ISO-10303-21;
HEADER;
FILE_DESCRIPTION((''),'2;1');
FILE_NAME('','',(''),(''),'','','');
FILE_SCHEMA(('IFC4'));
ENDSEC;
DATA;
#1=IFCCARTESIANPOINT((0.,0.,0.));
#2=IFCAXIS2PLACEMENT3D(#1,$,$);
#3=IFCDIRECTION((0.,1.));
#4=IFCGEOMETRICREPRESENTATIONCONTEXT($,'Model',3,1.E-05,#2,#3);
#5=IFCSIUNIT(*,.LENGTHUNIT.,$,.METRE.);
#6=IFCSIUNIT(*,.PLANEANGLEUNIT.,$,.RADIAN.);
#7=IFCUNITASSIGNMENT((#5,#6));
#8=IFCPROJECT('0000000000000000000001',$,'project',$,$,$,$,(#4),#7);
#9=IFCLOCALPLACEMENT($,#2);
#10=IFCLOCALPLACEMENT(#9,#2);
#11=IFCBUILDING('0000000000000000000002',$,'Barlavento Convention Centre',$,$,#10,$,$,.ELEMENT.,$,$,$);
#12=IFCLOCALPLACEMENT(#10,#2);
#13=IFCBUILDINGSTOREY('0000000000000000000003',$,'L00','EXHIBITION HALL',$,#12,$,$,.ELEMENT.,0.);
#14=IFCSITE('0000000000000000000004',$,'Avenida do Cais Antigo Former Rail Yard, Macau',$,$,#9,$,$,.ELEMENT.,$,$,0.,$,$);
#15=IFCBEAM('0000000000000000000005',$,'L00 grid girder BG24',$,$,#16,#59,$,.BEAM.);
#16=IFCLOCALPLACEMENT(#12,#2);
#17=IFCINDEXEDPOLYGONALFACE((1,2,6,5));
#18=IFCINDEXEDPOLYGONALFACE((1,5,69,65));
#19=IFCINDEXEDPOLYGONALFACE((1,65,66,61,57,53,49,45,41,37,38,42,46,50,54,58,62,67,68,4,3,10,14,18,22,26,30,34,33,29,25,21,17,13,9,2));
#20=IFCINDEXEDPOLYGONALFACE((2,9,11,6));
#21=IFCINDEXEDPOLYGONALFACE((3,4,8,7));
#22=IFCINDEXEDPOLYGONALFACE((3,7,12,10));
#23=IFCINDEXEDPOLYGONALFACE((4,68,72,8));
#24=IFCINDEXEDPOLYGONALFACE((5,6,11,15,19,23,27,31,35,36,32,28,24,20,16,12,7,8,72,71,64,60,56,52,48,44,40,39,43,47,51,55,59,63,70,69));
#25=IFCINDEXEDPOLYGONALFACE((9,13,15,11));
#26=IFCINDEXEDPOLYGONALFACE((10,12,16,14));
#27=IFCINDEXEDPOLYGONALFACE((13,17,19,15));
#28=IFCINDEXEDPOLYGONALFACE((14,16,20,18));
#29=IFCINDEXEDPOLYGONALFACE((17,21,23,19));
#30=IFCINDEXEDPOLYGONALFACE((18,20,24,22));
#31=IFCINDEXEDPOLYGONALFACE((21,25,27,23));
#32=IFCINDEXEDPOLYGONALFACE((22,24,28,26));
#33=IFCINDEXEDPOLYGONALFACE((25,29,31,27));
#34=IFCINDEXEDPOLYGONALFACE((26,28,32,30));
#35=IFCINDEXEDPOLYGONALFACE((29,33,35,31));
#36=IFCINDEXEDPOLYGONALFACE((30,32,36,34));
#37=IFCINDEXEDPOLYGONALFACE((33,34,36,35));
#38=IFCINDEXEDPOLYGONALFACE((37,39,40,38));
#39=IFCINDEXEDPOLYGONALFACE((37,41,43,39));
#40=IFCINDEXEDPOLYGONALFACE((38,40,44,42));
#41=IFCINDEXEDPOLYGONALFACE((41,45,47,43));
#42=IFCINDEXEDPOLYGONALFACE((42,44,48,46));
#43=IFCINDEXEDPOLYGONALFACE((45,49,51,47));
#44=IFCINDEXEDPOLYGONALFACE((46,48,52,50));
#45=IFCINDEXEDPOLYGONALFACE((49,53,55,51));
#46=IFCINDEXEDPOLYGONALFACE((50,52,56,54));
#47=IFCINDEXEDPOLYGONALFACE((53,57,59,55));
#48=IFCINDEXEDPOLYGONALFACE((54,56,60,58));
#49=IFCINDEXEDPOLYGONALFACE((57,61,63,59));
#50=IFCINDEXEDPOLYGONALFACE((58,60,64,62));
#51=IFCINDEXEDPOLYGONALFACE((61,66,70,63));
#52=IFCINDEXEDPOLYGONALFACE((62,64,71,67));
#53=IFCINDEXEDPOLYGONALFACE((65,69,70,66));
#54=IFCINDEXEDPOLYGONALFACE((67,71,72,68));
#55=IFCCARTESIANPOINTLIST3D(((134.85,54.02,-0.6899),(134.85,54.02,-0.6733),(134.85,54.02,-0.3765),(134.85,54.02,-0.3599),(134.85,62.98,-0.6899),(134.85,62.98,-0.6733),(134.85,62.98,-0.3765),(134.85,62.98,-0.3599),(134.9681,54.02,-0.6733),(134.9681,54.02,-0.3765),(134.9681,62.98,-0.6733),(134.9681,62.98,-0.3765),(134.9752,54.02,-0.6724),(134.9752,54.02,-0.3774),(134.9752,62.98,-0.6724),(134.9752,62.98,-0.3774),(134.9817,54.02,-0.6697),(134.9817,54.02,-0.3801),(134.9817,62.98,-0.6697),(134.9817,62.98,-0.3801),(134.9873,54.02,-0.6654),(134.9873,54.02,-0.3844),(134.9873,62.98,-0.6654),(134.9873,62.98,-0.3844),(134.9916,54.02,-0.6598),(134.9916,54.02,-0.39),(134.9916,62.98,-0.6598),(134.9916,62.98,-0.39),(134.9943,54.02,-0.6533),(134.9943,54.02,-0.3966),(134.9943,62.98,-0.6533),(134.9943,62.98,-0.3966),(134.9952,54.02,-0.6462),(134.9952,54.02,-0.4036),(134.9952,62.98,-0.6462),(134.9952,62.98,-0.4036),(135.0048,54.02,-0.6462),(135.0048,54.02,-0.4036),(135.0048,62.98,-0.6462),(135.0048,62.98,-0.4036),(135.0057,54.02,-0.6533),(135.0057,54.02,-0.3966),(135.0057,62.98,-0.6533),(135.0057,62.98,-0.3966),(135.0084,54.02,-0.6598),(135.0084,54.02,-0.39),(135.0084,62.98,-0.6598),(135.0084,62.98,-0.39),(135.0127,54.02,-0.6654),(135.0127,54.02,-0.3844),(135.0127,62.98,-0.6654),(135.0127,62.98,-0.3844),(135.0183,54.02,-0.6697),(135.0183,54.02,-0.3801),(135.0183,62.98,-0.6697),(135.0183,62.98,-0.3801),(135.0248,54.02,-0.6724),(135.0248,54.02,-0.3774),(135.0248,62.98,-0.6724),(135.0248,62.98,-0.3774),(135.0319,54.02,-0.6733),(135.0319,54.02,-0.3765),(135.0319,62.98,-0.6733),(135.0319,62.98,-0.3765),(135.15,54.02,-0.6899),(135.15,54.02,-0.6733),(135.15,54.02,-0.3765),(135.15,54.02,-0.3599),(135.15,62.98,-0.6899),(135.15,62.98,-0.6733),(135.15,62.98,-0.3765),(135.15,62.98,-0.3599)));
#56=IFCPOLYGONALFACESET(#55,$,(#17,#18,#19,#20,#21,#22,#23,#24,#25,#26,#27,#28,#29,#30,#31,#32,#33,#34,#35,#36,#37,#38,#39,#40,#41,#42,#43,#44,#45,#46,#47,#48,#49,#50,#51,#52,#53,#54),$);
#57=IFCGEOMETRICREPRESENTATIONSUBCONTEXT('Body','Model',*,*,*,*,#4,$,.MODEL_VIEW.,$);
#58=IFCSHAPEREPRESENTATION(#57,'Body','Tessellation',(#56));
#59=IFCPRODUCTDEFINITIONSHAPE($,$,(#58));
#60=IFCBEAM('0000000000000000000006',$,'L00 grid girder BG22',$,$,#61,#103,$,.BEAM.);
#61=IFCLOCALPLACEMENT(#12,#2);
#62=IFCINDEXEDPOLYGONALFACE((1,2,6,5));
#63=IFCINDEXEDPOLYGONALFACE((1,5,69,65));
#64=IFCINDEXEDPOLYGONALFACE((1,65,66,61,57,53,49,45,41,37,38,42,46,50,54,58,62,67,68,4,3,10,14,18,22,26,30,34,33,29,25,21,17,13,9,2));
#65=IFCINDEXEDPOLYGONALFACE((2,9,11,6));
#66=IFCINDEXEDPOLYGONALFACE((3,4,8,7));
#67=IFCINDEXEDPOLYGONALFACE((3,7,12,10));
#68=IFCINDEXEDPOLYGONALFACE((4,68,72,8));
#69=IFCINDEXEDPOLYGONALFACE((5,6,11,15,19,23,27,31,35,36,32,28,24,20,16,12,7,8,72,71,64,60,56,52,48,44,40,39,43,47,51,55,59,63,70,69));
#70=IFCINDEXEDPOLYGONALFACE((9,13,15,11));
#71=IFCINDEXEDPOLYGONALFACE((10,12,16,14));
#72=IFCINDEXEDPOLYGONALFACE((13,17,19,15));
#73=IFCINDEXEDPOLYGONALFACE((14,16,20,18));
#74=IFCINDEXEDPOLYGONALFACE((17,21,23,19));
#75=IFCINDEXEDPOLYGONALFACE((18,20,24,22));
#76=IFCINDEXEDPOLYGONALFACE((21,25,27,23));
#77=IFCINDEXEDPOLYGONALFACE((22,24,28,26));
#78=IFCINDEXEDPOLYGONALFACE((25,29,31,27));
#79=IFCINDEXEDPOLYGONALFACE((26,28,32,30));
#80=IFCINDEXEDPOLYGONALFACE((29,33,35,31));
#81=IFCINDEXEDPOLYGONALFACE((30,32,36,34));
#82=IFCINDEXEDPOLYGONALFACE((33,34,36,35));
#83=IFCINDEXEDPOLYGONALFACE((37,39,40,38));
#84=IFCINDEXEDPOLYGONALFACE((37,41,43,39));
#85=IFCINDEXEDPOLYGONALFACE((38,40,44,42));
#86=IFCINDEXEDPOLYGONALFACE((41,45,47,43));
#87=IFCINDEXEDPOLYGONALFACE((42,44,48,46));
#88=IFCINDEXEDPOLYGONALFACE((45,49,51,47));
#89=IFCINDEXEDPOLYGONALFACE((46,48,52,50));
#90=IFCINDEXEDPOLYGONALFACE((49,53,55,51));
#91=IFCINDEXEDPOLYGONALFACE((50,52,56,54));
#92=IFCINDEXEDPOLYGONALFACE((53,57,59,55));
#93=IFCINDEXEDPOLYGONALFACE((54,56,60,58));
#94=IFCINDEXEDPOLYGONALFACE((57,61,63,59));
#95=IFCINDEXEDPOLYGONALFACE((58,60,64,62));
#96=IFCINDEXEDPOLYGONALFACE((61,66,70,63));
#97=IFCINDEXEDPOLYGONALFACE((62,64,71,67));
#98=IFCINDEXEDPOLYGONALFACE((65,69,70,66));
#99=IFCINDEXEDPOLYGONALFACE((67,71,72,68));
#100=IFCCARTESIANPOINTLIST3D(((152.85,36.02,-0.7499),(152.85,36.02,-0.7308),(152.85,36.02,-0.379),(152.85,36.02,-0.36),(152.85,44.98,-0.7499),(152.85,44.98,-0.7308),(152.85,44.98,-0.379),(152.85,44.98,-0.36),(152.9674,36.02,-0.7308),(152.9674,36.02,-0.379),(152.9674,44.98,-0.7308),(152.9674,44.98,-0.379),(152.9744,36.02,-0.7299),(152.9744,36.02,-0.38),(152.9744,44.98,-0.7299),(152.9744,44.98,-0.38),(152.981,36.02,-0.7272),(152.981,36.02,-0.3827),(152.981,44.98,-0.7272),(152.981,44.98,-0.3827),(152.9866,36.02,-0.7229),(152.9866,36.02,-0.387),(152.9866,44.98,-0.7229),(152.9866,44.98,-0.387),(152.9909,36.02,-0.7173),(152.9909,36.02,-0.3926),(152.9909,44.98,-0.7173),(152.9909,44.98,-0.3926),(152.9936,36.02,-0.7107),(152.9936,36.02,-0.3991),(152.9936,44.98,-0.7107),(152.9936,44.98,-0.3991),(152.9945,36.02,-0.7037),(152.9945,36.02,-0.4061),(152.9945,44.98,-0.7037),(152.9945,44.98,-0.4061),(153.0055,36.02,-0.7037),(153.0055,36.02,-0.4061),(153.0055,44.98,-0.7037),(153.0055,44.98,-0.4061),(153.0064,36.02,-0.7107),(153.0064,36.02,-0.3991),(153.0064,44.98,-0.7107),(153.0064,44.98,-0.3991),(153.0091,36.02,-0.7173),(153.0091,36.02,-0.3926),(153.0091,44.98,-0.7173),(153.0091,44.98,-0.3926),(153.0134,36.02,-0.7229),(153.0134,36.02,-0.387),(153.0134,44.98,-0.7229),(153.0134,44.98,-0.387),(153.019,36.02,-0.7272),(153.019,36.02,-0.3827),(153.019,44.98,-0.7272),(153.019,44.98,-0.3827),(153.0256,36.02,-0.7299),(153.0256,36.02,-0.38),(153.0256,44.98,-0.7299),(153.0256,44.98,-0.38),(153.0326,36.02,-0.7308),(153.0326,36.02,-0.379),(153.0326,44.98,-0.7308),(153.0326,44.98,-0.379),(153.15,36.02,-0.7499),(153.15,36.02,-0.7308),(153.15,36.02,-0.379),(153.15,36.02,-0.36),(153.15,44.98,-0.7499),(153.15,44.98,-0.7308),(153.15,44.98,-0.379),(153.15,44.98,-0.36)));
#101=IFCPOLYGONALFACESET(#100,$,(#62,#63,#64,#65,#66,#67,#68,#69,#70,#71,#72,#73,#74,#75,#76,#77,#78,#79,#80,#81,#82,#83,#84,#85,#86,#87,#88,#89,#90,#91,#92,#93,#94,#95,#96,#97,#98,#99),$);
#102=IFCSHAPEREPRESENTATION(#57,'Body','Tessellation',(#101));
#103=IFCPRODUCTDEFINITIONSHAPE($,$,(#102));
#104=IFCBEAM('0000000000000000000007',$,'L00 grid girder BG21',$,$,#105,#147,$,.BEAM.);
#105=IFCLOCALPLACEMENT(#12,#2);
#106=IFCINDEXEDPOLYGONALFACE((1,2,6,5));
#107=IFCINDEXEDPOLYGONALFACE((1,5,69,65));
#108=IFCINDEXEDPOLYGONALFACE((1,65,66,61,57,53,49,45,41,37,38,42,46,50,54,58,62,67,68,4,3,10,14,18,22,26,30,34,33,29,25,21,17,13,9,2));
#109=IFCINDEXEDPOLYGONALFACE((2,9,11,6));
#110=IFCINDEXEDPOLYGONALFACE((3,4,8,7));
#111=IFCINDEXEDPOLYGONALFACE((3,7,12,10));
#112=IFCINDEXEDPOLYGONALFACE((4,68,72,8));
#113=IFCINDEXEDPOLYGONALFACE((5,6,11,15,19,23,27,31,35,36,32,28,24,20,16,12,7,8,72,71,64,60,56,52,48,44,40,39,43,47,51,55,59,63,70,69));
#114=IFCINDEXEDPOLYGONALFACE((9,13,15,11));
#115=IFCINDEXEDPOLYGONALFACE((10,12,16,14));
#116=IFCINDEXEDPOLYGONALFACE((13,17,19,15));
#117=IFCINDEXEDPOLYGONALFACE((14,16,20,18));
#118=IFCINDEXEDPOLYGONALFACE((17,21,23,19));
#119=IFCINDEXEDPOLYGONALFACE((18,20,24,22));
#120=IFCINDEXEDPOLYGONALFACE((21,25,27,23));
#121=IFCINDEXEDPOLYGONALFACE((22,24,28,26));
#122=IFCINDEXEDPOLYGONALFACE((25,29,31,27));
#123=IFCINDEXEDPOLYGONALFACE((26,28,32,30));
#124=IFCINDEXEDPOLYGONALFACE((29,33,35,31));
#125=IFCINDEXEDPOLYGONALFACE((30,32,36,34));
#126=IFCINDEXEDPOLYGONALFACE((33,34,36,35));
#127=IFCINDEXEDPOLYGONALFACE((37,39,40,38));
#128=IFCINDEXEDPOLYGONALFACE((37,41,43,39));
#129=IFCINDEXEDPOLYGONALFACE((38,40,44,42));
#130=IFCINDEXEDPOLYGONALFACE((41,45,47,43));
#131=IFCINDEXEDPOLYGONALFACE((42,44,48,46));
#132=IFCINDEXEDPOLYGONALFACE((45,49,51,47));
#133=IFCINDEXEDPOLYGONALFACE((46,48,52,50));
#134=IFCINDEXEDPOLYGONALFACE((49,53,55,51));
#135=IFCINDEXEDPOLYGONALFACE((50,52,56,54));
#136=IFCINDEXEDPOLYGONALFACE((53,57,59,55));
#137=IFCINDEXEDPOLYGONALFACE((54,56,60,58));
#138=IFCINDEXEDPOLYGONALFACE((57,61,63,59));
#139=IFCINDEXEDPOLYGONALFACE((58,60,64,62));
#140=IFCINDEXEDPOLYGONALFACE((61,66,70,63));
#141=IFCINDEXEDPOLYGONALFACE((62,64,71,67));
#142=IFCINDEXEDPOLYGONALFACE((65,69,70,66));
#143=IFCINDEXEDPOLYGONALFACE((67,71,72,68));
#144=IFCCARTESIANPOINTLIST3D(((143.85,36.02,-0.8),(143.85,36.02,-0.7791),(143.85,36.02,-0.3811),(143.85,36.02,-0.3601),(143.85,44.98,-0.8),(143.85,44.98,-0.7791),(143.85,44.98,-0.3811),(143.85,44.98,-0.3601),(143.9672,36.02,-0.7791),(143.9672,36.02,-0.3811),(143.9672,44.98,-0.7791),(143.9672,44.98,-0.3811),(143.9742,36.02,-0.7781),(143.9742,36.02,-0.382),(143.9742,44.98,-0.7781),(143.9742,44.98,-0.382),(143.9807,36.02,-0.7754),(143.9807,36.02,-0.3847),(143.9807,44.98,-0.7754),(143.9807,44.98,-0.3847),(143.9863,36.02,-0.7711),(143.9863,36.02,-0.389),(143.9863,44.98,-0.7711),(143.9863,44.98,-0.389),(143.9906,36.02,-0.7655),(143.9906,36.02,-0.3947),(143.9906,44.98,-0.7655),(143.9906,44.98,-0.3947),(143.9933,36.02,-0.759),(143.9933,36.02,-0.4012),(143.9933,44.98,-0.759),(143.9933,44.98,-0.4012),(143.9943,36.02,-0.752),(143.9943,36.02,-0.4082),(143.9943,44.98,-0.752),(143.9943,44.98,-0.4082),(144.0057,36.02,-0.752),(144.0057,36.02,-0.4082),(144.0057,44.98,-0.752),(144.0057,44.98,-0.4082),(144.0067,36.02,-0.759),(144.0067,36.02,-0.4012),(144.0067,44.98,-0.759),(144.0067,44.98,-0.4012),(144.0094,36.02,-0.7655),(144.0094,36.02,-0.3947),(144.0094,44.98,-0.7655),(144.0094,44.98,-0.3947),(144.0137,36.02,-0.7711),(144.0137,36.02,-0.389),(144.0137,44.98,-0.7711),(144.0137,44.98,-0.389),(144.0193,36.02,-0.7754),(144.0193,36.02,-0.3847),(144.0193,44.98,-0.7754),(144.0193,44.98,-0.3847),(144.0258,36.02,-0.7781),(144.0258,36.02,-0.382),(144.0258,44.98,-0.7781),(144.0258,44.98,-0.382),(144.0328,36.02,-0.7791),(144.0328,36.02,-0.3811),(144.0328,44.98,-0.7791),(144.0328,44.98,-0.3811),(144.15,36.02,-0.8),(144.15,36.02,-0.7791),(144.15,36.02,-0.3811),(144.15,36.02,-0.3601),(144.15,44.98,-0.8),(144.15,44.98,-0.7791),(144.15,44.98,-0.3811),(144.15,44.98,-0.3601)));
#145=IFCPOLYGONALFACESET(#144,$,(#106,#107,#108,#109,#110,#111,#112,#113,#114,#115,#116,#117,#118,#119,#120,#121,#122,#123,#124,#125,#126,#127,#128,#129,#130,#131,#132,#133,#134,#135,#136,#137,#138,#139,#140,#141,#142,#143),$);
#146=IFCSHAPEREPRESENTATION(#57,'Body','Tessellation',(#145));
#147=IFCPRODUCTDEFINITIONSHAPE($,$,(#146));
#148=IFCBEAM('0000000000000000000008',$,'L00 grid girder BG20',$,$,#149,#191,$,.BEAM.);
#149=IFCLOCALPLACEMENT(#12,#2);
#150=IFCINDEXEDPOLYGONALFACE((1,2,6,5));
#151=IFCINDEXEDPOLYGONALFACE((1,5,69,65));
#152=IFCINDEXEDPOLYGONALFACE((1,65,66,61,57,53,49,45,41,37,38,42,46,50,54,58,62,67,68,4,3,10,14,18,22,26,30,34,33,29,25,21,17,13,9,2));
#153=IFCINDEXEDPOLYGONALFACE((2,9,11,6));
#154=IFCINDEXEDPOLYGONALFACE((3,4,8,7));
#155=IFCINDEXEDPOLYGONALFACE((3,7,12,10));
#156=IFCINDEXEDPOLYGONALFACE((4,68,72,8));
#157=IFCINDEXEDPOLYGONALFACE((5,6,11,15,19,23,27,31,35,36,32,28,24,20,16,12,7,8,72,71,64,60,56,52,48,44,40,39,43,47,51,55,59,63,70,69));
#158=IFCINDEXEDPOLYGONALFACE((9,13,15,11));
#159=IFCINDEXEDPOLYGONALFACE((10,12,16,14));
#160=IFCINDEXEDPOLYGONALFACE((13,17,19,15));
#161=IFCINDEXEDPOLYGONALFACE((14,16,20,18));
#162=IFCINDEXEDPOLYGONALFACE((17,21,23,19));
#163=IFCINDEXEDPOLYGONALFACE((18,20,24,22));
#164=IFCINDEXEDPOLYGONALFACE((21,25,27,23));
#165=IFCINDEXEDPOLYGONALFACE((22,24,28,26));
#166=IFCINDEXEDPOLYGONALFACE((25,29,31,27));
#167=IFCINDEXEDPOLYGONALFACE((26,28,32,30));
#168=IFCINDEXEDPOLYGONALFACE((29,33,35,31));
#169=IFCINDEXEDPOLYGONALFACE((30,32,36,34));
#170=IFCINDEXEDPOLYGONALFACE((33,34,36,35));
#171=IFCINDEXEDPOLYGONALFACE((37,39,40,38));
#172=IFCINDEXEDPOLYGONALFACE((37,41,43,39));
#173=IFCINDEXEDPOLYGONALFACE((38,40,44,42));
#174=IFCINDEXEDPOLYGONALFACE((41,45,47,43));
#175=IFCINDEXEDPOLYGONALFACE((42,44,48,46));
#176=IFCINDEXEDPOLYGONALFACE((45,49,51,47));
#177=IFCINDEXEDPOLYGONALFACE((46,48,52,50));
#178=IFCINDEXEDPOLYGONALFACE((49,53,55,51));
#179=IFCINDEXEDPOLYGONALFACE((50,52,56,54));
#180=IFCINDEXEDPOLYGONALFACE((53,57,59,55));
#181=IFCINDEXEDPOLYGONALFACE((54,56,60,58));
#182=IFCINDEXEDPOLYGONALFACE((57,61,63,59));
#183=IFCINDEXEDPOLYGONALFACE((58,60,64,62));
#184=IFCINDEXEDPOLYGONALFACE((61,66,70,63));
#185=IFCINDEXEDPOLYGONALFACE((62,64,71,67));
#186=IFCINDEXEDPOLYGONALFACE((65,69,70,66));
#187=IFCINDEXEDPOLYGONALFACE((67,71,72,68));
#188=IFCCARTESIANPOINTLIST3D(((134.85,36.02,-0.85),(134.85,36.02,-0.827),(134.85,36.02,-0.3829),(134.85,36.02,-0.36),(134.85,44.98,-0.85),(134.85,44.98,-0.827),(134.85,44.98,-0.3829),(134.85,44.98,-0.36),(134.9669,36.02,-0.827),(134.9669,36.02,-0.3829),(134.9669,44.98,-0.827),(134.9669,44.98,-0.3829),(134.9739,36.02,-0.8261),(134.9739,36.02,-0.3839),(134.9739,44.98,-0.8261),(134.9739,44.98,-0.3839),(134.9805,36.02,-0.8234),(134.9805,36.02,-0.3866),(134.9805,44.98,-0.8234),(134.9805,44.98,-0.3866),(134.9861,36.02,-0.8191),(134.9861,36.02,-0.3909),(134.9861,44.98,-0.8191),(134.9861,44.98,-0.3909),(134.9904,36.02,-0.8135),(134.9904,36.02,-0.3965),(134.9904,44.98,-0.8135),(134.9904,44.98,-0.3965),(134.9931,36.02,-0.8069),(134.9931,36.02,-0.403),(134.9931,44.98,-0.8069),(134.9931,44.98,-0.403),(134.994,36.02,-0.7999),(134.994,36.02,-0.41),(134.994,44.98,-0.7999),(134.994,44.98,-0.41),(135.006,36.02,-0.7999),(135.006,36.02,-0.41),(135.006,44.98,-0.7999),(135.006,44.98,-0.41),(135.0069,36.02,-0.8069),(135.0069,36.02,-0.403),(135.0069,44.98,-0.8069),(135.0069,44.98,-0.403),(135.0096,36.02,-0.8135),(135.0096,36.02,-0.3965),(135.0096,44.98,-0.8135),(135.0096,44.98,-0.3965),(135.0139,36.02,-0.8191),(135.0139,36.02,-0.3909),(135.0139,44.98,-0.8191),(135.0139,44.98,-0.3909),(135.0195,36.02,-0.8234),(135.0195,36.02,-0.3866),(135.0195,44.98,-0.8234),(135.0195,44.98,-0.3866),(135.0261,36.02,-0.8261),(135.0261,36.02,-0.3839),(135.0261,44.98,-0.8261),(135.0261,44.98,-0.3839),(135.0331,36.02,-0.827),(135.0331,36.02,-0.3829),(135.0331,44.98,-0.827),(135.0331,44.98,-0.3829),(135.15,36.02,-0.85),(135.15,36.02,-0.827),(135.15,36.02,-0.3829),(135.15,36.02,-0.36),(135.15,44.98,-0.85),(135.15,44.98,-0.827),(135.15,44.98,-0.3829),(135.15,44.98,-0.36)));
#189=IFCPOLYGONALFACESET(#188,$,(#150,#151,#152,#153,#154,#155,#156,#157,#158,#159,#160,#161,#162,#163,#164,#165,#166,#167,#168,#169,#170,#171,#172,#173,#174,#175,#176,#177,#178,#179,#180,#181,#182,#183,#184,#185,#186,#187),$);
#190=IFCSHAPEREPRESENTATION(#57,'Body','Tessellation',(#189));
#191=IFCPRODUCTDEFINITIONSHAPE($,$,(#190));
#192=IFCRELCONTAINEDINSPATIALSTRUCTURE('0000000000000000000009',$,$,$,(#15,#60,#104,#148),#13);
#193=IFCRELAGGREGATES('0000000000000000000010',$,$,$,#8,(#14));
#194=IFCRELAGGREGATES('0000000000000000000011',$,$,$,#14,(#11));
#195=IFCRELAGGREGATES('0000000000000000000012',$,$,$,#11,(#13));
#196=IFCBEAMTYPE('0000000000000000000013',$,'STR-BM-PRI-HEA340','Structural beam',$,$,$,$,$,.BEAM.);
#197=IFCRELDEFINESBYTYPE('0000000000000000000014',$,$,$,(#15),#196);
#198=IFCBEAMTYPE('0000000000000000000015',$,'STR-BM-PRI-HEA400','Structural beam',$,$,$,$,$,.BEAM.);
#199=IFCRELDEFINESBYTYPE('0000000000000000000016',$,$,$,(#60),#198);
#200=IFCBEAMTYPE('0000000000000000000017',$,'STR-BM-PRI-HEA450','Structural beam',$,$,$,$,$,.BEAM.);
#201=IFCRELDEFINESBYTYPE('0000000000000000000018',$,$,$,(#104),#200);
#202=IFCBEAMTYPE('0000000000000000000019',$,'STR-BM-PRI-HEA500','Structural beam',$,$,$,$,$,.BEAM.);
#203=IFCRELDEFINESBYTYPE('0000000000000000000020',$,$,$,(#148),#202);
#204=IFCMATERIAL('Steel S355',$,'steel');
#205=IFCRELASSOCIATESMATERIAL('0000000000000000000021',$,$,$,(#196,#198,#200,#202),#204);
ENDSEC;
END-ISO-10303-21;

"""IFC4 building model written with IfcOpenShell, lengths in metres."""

from ifc_helpers import new_model, si_unit, direction, frame, origin, origin_2d, place, context, subcontext, project, spatial, i_section, extrude, material, material_profile, profile_set, type_object, element, save


model = new_model("IFC4")

# Units and contexts
model_context = context("Model", 3, precision=1e-05, world=origin(), true_north=direction((0.0, 1.0)))
body_context = subcontext(model_context, "Body", "Model", "MODEL_VIEW")
ifc_project = project(units=[si_unit("LENGTHUNIT", "METRE"), si_unit("PLANEANGLEUNIT", "RADIAN")], contexts=[model_context])

# Site, building, storey
site_placement = place(None, origin())
site = spatial("IfcSite", under=ifc_project, at=site_placement, Name="Avenida do Cais Antigo Former Rail Yard, Macau", CompositionType="ELEMENT", RefElevation=0.0)
building_placement = place(site_placement, origin())
building = spatial("IfcBuilding", under=site, at=building_placement, Name="Barlavento Convention Centre", CompositionType="ELEMENT")
storey_placement = place(building_placement, origin())
storey = spatial("IfcBuildingStorey", under=building, at=storey_placement, Name="L00", Description="EXHIBITION HALL", CompositionType="ELEMENT", Elevation=0.0)

# Beams
ifc_material_1 = material(Name="Steel S355", Category="steel")
ifc_material_profile_1 = material_profile(ifc_material_1, i_section(OverallWidth=0.3, OverallDepth=0.3301, WebThickness=0.0095, FlangeThickness=0.0166, FilletRadius=0.0271, at=origin_2d()), Name="HEA 340")
ifc_profile_set_1 = profile_set([ifc_material_profile_1], Name="Steel S355")
beam_type_1 = type_object("IfcBeamType", Name="STR-BM-PRI-HEA340", Description="Structural beam", PredefinedType="BEAM", material=ifc_profile_set_1)
beam_1_placement = place(storey_placement, frame((135.0, 54.02, -0.5249), z_axis=(0.0, 1.0, 0.0), x_axis=(-1.0, 0.0, 0.0)))
element("IfcBeam", 1, at=beam_1_placement, inside=storey, type_object=beam_type_1, Name="L00 grid girder BG24", PredefinedType="BEAM", context=body_context, shape_type="SweptSolid", body=[
    extrude(i_section(OverallWidth=0.3, OverallDepth=0.3301, WebThickness=0.0095, FlangeThickness=0.0166, FilletRadius=0.0271, at=origin_2d()), origin(), (0.0, 0.0, 1.0), 8.96),
])
ifc_material_profile_2 = material_profile(ifc_material_1, i_section(OverallWidth=0.3, OverallDepth=0.3899, WebThickness=0.011, FlangeThickness=0.019, FilletRadius=0.0271, at=origin_2d()), Name="HEA 400")
ifc_profile_set_2 = profile_set([ifc_material_profile_2], Name="Steel S355")
beam_type_2 = type_object("IfcBeamType", Name="STR-BM-PRI-HEA400", Description="Structural beam", PredefinedType="BEAM", material=ifc_profile_set_2)
beam_2_placement = place(storey_placement, frame((153.0, 36.02, -0.5549), z_axis=(0.0, 1.0, 0.0), x_axis=(-1.0, 0.0, 0.0)))
element("IfcBeam", 2, at=beam_2_placement, inside=storey, type_object=beam_type_2, Name="L00 grid girder BG22", PredefinedType="BEAM", context=body_context, shape_type="SweptSolid", body=[
    extrude(i_section(OverallWidth=0.3, OverallDepth=0.3899, WebThickness=0.011, FlangeThickness=0.019, FilletRadius=0.0271, at=origin_2d()), origin(), (0.0, 0.0, 1.0), 8.96),
])
ifc_material_profile_3 = material_profile(ifc_material_1, i_section(OverallWidth=0.3, OverallDepth=0.4399, WebThickness=0.0115, FlangeThickness=0.021, FilletRadius=0.0271, at=origin_2d()), Name="HEA 450")
ifc_profile_set_3 = profile_set([ifc_material_profile_3], Name="Steel S355")
beam_type_3 = type_object("IfcBeamType", Name="STR-BM-PRI-HEA450", Description="Structural beam", PredefinedType="BEAM", material=ifc_profile_set_3)
beam_3_placement = place(storey_placement, frame((144.0, 36.02, -0.5801), z_axis=(0.0, 1.0, 0.0), x_axis=(-1.0, 0.0, 0.0)))
element("IfcBeam", 3, at=beam_3_placement, inside=storey, type_object=beam_type_3, Name="L00 grid girder BG21", PredefinedType="BEAM", context=body_context, shape_type="SweptSolid", body=[
    extrude(i_section(OverallWidth=0.3, OverallDepth=0.4399, WebThickness=0.0115, FlangeThickness=0.021, FilletRadius=0.0271, at=origin_2d()), origin(), (0.0, 0.0, 1.0), 8.96),
])
ifc_material_profile_4 = material_profile(ifc_material_1, i_section(OverallWidth=0.3, OverallDepth=0.49, WebThickness=0.012, FlangeThickness=0.0229, FilletRadius=0.0271, at=origin_2d()), Name="HEA 500")
ifc_profile_set_4 = profile_set([ifc_material_profile_4], Name="Steel S355")
beam_type_4 = type_object("IfcBeamType", Name="STR-BM-PRI-HEA500", Description="Structural beam", PredefinedType="BEAM", material=ifc_profile_set_4)
beam_4_placement = place(storey_placement, frame((135.0, 36.02, -0.605), z_axis=(0.0, 1.0, 0.0), x_axis=(-1.0, 0.0, 0.0)))
element("IfcBeam", 4, at=beam_4_placement, inside=storey, type_object=beam_type_4, Name="L00 grid girder BG20", PredefinedType="BEAM", context=body_context, shape_type="SweptSolid", body=[
    extrude(i_section(OverallWidth=0.3, OverallDepth=0.49, WebThickness=0.012, FlangeThickness=0.0229, FilletRadius=0.0271, at=origin_2d()), origin(), (0.0, 0.0, 1.0), 8.96),
])

save(model, "model.ifc")
